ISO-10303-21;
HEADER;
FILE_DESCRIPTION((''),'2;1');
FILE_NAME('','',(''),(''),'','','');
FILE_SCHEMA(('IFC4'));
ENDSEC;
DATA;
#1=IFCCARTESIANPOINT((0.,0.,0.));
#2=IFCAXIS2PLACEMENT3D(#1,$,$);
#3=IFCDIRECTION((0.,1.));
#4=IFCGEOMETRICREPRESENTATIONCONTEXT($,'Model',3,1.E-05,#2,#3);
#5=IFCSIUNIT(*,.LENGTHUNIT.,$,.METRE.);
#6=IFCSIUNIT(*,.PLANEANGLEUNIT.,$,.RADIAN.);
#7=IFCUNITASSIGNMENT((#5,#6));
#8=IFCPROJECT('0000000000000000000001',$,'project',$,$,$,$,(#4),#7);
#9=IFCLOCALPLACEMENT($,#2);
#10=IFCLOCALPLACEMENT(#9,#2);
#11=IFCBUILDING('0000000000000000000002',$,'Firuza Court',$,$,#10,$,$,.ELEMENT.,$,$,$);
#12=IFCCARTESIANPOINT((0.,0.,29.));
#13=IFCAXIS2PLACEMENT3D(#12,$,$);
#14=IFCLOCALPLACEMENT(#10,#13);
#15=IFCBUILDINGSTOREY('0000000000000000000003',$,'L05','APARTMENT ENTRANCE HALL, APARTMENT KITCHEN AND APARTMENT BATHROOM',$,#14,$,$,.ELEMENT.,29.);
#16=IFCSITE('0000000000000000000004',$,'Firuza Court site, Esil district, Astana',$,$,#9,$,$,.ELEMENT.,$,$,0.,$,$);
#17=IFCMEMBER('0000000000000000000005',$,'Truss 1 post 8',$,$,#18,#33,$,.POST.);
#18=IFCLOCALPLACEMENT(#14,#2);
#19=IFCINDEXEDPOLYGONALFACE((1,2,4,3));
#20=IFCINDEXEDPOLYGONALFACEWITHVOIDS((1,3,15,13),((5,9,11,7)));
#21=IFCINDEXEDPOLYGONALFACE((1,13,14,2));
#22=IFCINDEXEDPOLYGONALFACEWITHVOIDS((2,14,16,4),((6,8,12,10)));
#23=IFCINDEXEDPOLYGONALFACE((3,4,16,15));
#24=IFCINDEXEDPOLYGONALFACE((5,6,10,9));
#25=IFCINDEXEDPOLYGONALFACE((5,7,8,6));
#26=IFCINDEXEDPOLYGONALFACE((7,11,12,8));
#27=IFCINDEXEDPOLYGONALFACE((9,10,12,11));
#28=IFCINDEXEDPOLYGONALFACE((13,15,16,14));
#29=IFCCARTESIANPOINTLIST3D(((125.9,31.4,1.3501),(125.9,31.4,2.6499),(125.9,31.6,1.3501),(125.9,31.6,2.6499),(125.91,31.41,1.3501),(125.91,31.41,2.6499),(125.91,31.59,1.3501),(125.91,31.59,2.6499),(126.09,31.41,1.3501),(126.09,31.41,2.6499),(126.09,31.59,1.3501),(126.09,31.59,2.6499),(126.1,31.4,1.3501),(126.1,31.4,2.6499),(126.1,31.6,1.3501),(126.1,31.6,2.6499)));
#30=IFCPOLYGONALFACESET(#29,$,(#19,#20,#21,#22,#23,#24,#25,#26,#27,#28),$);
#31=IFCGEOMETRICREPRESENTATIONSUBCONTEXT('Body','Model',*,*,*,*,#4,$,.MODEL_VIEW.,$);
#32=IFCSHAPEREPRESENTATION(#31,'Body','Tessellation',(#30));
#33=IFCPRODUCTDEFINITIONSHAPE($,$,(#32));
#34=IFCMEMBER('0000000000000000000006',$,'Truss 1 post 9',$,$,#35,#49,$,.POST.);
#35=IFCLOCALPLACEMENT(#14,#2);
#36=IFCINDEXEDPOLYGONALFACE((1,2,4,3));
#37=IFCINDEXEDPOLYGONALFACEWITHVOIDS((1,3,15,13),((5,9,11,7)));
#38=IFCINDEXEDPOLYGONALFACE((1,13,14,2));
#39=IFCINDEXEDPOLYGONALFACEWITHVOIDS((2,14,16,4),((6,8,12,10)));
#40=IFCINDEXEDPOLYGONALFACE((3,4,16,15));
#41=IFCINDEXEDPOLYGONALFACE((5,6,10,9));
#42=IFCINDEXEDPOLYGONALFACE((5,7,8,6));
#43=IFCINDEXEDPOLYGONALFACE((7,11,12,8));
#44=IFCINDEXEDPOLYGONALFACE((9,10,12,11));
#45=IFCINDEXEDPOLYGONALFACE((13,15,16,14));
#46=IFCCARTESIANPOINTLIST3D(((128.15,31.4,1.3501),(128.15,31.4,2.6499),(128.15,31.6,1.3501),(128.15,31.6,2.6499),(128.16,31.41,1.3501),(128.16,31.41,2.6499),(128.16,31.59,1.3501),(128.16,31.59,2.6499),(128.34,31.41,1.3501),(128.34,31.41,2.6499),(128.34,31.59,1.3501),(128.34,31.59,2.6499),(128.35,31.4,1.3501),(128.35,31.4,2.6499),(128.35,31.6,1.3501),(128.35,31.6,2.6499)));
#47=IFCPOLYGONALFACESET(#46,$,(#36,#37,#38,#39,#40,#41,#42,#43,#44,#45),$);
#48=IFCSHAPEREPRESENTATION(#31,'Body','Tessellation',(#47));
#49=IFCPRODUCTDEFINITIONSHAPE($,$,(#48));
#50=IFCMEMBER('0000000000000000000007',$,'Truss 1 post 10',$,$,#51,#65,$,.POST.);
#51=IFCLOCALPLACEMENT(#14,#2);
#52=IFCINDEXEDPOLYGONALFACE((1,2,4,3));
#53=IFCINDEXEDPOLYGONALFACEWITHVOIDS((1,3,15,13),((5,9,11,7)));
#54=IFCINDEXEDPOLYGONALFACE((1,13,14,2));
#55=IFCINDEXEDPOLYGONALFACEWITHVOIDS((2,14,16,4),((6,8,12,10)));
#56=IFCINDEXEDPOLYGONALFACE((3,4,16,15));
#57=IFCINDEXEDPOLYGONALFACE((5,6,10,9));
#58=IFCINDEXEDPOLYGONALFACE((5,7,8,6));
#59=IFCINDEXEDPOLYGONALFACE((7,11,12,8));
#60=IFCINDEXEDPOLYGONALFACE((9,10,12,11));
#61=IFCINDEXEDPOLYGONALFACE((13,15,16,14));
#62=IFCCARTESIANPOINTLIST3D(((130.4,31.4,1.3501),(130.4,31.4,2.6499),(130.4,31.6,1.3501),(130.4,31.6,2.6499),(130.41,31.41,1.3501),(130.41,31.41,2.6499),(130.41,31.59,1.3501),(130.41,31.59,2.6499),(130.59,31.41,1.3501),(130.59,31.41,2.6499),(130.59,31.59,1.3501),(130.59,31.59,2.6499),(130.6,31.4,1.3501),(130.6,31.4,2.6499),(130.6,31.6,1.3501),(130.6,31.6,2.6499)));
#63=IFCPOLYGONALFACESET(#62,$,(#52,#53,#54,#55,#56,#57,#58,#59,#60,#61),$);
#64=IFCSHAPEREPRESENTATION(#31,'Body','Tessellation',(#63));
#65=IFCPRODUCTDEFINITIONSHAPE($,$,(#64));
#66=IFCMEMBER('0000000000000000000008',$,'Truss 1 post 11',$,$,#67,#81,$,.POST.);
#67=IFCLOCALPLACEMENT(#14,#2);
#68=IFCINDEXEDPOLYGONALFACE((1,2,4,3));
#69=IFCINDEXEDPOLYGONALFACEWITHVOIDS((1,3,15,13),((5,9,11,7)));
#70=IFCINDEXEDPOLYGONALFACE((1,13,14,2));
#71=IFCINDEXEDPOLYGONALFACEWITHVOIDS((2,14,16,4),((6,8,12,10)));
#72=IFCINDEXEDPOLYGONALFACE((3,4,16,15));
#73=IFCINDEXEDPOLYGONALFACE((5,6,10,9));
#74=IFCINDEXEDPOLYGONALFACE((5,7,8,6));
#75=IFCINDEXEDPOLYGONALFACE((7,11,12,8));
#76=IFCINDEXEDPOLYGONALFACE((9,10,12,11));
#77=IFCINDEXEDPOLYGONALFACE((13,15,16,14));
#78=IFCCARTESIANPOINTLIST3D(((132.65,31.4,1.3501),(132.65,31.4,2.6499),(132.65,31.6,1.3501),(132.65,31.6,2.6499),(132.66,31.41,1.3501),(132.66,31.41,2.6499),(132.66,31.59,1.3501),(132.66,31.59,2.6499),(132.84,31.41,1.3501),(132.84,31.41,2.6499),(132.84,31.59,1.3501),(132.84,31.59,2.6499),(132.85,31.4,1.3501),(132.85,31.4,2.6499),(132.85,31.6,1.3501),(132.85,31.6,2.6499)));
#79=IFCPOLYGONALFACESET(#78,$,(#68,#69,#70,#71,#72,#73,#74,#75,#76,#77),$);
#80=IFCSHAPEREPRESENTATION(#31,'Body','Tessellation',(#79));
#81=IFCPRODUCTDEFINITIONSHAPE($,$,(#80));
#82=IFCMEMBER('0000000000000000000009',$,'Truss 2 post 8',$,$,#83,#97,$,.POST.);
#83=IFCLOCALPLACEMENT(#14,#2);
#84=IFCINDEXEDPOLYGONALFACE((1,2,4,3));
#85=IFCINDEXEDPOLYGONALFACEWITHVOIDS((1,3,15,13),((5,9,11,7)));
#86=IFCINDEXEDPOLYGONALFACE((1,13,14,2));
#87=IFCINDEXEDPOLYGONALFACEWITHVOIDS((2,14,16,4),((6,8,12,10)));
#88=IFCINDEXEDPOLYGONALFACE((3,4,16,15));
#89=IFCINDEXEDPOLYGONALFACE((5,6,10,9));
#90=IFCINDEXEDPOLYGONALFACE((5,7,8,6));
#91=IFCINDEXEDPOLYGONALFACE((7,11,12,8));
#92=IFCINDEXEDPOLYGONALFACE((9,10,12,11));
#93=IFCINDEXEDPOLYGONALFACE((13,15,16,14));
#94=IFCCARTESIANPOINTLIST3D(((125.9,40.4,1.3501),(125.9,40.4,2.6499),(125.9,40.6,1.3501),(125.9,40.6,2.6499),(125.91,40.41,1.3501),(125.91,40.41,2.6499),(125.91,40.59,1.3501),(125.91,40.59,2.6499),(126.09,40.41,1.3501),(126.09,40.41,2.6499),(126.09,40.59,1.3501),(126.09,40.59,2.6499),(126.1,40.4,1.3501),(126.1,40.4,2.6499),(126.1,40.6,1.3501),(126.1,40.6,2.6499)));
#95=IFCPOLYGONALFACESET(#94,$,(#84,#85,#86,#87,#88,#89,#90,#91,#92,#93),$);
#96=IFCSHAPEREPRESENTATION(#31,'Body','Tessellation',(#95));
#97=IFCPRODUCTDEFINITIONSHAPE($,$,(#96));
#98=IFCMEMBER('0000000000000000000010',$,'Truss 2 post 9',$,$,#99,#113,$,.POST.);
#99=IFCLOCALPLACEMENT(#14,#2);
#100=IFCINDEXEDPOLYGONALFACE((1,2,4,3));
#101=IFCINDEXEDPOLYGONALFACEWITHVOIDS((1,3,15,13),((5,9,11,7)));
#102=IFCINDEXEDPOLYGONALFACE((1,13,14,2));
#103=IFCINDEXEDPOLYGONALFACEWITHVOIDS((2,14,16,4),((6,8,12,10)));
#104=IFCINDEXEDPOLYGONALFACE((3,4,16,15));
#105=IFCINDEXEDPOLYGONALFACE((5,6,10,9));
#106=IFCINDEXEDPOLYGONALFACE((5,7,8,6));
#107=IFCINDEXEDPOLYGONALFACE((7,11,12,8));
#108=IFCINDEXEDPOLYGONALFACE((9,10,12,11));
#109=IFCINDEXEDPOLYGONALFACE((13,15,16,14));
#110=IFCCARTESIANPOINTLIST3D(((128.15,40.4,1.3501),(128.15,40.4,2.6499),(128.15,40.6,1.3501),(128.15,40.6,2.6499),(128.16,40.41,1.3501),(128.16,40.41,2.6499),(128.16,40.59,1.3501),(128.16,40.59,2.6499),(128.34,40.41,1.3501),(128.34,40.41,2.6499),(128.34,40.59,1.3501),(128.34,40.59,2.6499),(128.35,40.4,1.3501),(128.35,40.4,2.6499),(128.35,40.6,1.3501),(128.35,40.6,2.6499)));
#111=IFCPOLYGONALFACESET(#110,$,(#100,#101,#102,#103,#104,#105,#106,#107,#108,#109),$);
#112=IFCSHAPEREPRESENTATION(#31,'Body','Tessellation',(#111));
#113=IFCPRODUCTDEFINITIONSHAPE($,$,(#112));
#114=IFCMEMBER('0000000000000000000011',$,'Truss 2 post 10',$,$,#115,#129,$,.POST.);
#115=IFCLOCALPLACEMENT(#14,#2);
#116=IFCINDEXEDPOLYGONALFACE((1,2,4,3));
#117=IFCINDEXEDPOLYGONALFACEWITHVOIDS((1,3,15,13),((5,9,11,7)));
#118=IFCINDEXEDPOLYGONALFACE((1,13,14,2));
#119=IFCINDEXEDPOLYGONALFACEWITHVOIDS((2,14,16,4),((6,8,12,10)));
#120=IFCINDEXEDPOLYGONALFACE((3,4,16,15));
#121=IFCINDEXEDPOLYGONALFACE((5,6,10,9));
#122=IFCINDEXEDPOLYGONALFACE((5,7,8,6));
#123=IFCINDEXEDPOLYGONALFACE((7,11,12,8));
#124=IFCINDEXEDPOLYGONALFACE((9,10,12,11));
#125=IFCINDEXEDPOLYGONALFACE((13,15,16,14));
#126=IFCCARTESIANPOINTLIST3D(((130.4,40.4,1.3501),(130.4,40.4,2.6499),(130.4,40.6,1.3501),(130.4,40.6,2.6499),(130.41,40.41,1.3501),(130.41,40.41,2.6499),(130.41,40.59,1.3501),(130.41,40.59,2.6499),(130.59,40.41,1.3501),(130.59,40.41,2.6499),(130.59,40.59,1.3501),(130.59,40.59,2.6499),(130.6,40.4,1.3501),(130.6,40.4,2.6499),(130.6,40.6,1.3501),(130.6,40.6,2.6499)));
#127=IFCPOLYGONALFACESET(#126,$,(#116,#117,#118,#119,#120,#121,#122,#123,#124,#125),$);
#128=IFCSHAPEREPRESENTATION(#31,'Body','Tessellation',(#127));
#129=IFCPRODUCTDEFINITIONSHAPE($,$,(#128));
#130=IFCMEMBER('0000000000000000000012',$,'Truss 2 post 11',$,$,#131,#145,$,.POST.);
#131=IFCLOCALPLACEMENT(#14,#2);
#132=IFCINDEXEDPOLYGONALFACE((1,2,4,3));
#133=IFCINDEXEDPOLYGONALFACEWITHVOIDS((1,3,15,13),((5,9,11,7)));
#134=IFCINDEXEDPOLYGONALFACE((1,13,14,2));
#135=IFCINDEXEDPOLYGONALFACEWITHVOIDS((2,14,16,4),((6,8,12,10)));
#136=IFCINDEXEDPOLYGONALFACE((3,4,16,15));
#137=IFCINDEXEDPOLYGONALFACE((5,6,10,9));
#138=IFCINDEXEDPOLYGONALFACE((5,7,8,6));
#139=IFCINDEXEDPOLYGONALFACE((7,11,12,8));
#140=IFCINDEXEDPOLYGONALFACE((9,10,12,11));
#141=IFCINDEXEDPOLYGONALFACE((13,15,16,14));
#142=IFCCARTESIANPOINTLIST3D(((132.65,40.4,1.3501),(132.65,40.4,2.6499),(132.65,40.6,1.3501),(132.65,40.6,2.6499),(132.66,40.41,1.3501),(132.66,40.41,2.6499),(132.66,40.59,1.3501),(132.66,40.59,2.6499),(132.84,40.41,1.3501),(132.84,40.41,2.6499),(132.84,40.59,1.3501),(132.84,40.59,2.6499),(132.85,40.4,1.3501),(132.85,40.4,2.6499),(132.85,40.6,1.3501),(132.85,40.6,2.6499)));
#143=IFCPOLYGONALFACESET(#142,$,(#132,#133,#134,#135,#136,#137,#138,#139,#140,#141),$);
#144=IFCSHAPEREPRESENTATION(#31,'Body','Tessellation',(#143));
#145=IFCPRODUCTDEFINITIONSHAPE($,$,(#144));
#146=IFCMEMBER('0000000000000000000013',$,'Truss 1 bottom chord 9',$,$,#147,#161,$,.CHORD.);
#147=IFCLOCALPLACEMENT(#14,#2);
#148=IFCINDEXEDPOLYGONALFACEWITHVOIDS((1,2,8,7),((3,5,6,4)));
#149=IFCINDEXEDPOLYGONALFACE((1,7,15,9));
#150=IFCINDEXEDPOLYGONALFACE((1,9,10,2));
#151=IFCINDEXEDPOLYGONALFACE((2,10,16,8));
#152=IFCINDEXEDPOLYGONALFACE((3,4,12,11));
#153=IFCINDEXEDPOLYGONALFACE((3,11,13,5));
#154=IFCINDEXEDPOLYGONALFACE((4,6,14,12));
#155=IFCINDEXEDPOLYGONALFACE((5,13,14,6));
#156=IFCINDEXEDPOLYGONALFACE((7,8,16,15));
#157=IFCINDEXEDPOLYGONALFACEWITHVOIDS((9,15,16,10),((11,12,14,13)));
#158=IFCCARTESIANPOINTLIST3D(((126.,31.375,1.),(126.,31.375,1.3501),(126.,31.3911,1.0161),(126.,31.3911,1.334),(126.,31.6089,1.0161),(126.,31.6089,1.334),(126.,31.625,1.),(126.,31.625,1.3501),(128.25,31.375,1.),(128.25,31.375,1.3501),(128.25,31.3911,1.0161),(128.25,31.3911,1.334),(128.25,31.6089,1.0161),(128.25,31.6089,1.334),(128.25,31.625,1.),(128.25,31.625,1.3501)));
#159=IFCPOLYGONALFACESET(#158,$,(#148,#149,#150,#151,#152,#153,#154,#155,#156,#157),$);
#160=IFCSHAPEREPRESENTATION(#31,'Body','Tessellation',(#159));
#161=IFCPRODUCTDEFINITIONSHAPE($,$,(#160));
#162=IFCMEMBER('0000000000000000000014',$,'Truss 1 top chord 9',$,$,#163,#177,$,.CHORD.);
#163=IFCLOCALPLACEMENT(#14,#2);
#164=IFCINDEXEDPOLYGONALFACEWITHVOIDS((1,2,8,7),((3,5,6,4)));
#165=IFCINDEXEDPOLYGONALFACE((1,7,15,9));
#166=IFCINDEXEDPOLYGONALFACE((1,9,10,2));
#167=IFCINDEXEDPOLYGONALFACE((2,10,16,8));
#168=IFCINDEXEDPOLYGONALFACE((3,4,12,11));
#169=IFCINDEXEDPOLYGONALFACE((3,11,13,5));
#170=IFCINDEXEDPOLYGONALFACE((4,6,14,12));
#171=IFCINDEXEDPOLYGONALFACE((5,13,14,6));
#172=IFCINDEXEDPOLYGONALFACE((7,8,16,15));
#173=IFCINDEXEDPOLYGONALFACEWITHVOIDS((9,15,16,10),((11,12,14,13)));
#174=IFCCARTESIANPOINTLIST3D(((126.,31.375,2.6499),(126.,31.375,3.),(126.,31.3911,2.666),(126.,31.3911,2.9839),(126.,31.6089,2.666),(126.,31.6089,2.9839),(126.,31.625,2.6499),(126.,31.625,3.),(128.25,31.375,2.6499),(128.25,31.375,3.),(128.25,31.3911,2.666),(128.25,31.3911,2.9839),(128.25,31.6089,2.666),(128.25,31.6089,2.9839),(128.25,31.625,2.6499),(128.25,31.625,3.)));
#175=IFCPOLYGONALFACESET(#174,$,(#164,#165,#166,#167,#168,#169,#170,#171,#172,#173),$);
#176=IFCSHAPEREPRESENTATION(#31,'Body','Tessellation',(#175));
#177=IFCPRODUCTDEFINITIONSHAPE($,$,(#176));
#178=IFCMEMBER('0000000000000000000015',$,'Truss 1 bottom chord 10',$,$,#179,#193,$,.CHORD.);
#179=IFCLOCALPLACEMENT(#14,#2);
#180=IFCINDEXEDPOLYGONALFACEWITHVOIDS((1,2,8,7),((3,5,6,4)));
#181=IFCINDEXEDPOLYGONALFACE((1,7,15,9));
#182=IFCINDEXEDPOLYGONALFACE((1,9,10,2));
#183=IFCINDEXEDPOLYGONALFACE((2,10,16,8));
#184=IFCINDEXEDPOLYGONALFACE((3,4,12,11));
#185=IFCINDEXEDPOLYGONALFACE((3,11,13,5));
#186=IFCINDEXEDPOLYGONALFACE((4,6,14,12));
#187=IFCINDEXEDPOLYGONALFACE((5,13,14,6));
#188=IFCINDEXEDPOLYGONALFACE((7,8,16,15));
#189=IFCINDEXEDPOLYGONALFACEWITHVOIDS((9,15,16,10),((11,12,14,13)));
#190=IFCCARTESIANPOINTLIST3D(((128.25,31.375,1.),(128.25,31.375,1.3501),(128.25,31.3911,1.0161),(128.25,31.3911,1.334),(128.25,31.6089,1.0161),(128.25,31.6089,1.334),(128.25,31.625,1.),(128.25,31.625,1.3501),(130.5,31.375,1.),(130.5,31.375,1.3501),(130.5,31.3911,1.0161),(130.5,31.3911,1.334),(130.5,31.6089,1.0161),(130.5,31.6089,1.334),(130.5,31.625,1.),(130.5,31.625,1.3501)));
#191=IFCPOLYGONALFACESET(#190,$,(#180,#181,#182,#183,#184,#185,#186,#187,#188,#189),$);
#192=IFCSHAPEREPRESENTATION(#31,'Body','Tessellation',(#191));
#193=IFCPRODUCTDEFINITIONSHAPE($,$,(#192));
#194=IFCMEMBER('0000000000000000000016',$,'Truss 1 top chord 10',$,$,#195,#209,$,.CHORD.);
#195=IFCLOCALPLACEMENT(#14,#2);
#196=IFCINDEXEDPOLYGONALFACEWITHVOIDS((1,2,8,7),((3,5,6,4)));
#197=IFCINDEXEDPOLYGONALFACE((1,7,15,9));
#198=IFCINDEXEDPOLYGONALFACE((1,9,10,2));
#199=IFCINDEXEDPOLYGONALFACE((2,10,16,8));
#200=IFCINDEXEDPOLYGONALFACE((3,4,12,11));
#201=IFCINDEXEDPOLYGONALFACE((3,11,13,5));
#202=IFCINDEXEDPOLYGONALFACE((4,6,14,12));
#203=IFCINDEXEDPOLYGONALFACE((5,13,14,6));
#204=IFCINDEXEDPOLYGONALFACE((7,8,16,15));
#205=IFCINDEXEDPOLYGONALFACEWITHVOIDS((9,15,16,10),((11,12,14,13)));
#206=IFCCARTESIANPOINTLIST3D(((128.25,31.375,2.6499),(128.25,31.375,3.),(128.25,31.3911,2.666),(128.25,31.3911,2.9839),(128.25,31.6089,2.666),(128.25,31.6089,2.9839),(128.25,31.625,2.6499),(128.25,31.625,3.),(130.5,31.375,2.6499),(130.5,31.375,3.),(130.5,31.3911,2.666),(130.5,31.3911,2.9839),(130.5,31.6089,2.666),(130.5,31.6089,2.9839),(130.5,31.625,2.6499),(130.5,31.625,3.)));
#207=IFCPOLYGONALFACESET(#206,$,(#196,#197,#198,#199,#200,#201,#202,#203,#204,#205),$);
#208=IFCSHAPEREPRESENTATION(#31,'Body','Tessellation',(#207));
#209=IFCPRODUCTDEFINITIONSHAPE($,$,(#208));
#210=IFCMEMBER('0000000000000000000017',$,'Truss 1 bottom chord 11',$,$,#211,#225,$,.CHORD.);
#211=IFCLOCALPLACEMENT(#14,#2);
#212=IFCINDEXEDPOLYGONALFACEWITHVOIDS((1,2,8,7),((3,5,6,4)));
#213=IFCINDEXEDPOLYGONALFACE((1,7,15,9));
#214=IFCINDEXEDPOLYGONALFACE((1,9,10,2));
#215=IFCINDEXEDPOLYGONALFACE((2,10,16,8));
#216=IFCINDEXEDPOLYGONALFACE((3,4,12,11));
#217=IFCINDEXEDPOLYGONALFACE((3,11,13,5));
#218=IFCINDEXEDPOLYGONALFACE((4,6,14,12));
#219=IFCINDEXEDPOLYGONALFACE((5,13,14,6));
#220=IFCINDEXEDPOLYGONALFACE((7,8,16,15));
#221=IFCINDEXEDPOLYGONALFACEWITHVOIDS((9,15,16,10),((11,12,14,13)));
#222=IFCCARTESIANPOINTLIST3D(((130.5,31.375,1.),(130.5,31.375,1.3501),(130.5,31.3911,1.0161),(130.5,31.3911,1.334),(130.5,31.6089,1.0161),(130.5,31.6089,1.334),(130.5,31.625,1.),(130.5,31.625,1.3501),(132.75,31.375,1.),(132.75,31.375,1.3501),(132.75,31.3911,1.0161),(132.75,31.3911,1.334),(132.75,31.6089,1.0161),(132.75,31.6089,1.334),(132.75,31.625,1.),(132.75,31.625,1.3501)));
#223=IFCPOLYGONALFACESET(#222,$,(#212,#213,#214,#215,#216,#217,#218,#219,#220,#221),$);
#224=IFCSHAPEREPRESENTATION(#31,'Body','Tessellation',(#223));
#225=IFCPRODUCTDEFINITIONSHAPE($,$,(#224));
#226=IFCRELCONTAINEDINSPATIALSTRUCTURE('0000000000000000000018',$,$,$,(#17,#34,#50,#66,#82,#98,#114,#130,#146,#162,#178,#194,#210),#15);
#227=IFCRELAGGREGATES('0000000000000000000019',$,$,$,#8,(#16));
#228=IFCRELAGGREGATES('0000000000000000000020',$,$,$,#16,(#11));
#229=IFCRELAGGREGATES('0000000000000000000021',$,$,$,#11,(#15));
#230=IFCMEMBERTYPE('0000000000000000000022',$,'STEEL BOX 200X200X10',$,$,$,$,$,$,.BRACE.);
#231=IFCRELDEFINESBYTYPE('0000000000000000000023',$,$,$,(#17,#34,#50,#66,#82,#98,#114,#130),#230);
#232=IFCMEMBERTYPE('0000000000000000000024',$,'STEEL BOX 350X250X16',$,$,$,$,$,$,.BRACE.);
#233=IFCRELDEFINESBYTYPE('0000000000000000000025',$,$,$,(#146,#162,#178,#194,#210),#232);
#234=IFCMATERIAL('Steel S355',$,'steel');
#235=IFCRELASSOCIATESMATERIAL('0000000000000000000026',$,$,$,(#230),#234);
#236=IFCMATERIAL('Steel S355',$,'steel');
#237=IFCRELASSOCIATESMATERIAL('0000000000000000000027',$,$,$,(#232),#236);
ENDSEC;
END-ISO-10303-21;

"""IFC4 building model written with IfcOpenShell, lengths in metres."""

from ifc_helpers import new_model, si_unit, direction, frame, origin, origin_2d, place, context, subcontext, project, spatial, hollow_rectangle, extrude, material, material_profile, profile_set, type_object, element, save


model = new_model("IFC4")

# Units and contexts
model_context = context("Model", 3, precision=1e-05, world=origin(), true_north=direction((0.0, 1.0)))
body_context = subcontext(model_context, "Body", "Model", "MODEL_VIEW")
ifc_project = project(units=[si_unit("LENGTHUNIT", "METRE"), si_unit("PLANEANGLEUNIT", "RADIAN")], contexts=[model_context])

# Site, building, storey
site_placement = place(None, origin())
site = spatial("IfcSite", under=ifc_project, at=site_placement, Name="Firuza Court site, Esil district, Astana", CompositionType="ELEMENT", RefElevation=0.0)
building_placement = place(site_placement, origin())
building = spatial("IfcBuilding", under=site, at=building_placement, Name="Firuza Court", CompositionType="ELEMENT")
storey_placement = place(building_placement, frame((0.0, 0.0, 29.0)))
storey = spatial("IfcBuildingStorey", under=building, at=storey_placement, Name="L05", Description="APARTMENT ENTRANCE HALL, APARTMENT KITCHEN AND APARTMENT BATHROOM", CompositionType="ELEMENT", Elevation=29.0)

# Members
ifc_material_1 = material(Name="Steel S355", Category="steel")
ifc_material_profile_1 = material_profile(ifc_material_1, hollow_rectangle(XDim=0.2, YDim=0.2, WallThickness=0.01, at=origin_2d()), Name="RHS 200X200X10")
ifc_profile_set_1 = profile_set([ifc_material_profile_1], Name="Steel S355")
member_type_1 = type_object("IfcMemberType", Name="STEEL BOX 200X200X10", PredefinedType="BRACE", material=ifc_profile_set_1)
for number, where, z_axis, x_axis, name in (
    (1, (126.0, 31.5, 1.3501), (0.0, 0.0, 1.0), (1.0, 0.0, 0.0), "Truss 1 post 8"),
    (2, (128.25, 31.5, 1.3501), (0.0, 0.0, 1.0), (1.0, 0.0, 0.0), "Truss 1 post 9"),
    (3, (130.5, 31.5, 1.3501), (0.0, 0.0, 1.0), (1.0, 0.0, 0.0), "Truss 1 post 10"),
    (4, (132.75, 31.5, 1.3501), (0.0, 0.0, 1.0), (1.0, 0.0, 0.0), "Truss 1 post 11"),
    (5, (126.0, 40.5, 1.3501), (0.0, 0.0, 1.0), (1.0, 0.0, 0.0), "Truss 2 post 8"),
    (6, (128.25, 40.5, 1.3501), (0.0, 0.0, 1.0), (1.0, 0.0, 0.0), "Truss 2 post 9"),
    (7, (130.5, 40.5, 1.3501), (0.0, 0.0, 1.0), (1.0, 0.0, 0.0), "Truss 2 post 10"),
    (8, (132.75, 40.5, 1.3501), (0.0, 0.0, 1.0), (1.0, 0.0, 0.0), "Truss 2 post 11"),
):
    element("IfcMember", number, at=place(storey_placement, frame(where, z_axis=z_axis, x_axis=x_axis)), inside=storey, type_object=member_type_1, Name=name, PredefinedType="POST", context=body_context, shape_type="SweptSolid", body=[
        extrude(hollow_rectangle(XDim=0.2, YDim=0.2, WallThickness=0.01, at=origin_2d()), origin(), (0.0, 0.0, 1.0), 1.2998),
    ])
ifc_material_2 = material(Name="Steel S355", Category="steel")
ifc_material_profile_2 = material_profile(ifc_material_2, hollow_rectangle(XDim=0.25, YDim=0.3501, WallThickness=0.0161, at=origin_2d()), Name="RHS 350X250X16")
ifc_profile_set_2 = profile_set([ifc_material_profile_2], Name="Steel S355")
member_type_2 = type_object("IfcMemberType", Name="STEEL BOX 350X250X16", PredefinedType="BRACE", material=ifc_profile_set_2)
for number, where, z_axis, x_axis, name in (
    (9, (126.0, 31.5, 1.175), (1.0, 0.0, 0.0), (0.0, 1.0, 0.0), "Truss 1 bottom chord 9"),
    (10, (126.0, 31.5, 2.825), (1.0, 0.0, 0.0), (0.0, 1.0, 0.0), "Truss 1 top chord 9"),
    (11, (128.25, 31.5, 1.175), (1.0, 0.0, 0.0), (0.0, 1.0, 0.0), "Truss 1 bottom chord 10"),
    (12, (128.25, 31.5, 2.825), (1.0, 0.0, 0.0), (0.0, 1.0, 0.0), "Truss 1 top chord 10"),
    (13, (130.5, 31.5, 1.175), (1.0, 0.0, 0.0), (0.0, 1.0, 0.0), "Truss 1 bottom chord 11"),
):
    element("IfcMember", number, at=place(storey_placement, frame(where, z_axis=z_axis, x_axis=x_axis)), inside=storey, type_object=member_type_2, Name=name, PredefinedType="CHORD", context=body_context, shape_type="SweptSolid", body=[
        extrude(hollow_rectangle(XDim=0.25, YDim=0.3501, WallThickness=0.0161, at=origin_2d()), origin(), (0.0, 0.0, 1.0), 2.25),
    ])

save(model, "model.ifc")
